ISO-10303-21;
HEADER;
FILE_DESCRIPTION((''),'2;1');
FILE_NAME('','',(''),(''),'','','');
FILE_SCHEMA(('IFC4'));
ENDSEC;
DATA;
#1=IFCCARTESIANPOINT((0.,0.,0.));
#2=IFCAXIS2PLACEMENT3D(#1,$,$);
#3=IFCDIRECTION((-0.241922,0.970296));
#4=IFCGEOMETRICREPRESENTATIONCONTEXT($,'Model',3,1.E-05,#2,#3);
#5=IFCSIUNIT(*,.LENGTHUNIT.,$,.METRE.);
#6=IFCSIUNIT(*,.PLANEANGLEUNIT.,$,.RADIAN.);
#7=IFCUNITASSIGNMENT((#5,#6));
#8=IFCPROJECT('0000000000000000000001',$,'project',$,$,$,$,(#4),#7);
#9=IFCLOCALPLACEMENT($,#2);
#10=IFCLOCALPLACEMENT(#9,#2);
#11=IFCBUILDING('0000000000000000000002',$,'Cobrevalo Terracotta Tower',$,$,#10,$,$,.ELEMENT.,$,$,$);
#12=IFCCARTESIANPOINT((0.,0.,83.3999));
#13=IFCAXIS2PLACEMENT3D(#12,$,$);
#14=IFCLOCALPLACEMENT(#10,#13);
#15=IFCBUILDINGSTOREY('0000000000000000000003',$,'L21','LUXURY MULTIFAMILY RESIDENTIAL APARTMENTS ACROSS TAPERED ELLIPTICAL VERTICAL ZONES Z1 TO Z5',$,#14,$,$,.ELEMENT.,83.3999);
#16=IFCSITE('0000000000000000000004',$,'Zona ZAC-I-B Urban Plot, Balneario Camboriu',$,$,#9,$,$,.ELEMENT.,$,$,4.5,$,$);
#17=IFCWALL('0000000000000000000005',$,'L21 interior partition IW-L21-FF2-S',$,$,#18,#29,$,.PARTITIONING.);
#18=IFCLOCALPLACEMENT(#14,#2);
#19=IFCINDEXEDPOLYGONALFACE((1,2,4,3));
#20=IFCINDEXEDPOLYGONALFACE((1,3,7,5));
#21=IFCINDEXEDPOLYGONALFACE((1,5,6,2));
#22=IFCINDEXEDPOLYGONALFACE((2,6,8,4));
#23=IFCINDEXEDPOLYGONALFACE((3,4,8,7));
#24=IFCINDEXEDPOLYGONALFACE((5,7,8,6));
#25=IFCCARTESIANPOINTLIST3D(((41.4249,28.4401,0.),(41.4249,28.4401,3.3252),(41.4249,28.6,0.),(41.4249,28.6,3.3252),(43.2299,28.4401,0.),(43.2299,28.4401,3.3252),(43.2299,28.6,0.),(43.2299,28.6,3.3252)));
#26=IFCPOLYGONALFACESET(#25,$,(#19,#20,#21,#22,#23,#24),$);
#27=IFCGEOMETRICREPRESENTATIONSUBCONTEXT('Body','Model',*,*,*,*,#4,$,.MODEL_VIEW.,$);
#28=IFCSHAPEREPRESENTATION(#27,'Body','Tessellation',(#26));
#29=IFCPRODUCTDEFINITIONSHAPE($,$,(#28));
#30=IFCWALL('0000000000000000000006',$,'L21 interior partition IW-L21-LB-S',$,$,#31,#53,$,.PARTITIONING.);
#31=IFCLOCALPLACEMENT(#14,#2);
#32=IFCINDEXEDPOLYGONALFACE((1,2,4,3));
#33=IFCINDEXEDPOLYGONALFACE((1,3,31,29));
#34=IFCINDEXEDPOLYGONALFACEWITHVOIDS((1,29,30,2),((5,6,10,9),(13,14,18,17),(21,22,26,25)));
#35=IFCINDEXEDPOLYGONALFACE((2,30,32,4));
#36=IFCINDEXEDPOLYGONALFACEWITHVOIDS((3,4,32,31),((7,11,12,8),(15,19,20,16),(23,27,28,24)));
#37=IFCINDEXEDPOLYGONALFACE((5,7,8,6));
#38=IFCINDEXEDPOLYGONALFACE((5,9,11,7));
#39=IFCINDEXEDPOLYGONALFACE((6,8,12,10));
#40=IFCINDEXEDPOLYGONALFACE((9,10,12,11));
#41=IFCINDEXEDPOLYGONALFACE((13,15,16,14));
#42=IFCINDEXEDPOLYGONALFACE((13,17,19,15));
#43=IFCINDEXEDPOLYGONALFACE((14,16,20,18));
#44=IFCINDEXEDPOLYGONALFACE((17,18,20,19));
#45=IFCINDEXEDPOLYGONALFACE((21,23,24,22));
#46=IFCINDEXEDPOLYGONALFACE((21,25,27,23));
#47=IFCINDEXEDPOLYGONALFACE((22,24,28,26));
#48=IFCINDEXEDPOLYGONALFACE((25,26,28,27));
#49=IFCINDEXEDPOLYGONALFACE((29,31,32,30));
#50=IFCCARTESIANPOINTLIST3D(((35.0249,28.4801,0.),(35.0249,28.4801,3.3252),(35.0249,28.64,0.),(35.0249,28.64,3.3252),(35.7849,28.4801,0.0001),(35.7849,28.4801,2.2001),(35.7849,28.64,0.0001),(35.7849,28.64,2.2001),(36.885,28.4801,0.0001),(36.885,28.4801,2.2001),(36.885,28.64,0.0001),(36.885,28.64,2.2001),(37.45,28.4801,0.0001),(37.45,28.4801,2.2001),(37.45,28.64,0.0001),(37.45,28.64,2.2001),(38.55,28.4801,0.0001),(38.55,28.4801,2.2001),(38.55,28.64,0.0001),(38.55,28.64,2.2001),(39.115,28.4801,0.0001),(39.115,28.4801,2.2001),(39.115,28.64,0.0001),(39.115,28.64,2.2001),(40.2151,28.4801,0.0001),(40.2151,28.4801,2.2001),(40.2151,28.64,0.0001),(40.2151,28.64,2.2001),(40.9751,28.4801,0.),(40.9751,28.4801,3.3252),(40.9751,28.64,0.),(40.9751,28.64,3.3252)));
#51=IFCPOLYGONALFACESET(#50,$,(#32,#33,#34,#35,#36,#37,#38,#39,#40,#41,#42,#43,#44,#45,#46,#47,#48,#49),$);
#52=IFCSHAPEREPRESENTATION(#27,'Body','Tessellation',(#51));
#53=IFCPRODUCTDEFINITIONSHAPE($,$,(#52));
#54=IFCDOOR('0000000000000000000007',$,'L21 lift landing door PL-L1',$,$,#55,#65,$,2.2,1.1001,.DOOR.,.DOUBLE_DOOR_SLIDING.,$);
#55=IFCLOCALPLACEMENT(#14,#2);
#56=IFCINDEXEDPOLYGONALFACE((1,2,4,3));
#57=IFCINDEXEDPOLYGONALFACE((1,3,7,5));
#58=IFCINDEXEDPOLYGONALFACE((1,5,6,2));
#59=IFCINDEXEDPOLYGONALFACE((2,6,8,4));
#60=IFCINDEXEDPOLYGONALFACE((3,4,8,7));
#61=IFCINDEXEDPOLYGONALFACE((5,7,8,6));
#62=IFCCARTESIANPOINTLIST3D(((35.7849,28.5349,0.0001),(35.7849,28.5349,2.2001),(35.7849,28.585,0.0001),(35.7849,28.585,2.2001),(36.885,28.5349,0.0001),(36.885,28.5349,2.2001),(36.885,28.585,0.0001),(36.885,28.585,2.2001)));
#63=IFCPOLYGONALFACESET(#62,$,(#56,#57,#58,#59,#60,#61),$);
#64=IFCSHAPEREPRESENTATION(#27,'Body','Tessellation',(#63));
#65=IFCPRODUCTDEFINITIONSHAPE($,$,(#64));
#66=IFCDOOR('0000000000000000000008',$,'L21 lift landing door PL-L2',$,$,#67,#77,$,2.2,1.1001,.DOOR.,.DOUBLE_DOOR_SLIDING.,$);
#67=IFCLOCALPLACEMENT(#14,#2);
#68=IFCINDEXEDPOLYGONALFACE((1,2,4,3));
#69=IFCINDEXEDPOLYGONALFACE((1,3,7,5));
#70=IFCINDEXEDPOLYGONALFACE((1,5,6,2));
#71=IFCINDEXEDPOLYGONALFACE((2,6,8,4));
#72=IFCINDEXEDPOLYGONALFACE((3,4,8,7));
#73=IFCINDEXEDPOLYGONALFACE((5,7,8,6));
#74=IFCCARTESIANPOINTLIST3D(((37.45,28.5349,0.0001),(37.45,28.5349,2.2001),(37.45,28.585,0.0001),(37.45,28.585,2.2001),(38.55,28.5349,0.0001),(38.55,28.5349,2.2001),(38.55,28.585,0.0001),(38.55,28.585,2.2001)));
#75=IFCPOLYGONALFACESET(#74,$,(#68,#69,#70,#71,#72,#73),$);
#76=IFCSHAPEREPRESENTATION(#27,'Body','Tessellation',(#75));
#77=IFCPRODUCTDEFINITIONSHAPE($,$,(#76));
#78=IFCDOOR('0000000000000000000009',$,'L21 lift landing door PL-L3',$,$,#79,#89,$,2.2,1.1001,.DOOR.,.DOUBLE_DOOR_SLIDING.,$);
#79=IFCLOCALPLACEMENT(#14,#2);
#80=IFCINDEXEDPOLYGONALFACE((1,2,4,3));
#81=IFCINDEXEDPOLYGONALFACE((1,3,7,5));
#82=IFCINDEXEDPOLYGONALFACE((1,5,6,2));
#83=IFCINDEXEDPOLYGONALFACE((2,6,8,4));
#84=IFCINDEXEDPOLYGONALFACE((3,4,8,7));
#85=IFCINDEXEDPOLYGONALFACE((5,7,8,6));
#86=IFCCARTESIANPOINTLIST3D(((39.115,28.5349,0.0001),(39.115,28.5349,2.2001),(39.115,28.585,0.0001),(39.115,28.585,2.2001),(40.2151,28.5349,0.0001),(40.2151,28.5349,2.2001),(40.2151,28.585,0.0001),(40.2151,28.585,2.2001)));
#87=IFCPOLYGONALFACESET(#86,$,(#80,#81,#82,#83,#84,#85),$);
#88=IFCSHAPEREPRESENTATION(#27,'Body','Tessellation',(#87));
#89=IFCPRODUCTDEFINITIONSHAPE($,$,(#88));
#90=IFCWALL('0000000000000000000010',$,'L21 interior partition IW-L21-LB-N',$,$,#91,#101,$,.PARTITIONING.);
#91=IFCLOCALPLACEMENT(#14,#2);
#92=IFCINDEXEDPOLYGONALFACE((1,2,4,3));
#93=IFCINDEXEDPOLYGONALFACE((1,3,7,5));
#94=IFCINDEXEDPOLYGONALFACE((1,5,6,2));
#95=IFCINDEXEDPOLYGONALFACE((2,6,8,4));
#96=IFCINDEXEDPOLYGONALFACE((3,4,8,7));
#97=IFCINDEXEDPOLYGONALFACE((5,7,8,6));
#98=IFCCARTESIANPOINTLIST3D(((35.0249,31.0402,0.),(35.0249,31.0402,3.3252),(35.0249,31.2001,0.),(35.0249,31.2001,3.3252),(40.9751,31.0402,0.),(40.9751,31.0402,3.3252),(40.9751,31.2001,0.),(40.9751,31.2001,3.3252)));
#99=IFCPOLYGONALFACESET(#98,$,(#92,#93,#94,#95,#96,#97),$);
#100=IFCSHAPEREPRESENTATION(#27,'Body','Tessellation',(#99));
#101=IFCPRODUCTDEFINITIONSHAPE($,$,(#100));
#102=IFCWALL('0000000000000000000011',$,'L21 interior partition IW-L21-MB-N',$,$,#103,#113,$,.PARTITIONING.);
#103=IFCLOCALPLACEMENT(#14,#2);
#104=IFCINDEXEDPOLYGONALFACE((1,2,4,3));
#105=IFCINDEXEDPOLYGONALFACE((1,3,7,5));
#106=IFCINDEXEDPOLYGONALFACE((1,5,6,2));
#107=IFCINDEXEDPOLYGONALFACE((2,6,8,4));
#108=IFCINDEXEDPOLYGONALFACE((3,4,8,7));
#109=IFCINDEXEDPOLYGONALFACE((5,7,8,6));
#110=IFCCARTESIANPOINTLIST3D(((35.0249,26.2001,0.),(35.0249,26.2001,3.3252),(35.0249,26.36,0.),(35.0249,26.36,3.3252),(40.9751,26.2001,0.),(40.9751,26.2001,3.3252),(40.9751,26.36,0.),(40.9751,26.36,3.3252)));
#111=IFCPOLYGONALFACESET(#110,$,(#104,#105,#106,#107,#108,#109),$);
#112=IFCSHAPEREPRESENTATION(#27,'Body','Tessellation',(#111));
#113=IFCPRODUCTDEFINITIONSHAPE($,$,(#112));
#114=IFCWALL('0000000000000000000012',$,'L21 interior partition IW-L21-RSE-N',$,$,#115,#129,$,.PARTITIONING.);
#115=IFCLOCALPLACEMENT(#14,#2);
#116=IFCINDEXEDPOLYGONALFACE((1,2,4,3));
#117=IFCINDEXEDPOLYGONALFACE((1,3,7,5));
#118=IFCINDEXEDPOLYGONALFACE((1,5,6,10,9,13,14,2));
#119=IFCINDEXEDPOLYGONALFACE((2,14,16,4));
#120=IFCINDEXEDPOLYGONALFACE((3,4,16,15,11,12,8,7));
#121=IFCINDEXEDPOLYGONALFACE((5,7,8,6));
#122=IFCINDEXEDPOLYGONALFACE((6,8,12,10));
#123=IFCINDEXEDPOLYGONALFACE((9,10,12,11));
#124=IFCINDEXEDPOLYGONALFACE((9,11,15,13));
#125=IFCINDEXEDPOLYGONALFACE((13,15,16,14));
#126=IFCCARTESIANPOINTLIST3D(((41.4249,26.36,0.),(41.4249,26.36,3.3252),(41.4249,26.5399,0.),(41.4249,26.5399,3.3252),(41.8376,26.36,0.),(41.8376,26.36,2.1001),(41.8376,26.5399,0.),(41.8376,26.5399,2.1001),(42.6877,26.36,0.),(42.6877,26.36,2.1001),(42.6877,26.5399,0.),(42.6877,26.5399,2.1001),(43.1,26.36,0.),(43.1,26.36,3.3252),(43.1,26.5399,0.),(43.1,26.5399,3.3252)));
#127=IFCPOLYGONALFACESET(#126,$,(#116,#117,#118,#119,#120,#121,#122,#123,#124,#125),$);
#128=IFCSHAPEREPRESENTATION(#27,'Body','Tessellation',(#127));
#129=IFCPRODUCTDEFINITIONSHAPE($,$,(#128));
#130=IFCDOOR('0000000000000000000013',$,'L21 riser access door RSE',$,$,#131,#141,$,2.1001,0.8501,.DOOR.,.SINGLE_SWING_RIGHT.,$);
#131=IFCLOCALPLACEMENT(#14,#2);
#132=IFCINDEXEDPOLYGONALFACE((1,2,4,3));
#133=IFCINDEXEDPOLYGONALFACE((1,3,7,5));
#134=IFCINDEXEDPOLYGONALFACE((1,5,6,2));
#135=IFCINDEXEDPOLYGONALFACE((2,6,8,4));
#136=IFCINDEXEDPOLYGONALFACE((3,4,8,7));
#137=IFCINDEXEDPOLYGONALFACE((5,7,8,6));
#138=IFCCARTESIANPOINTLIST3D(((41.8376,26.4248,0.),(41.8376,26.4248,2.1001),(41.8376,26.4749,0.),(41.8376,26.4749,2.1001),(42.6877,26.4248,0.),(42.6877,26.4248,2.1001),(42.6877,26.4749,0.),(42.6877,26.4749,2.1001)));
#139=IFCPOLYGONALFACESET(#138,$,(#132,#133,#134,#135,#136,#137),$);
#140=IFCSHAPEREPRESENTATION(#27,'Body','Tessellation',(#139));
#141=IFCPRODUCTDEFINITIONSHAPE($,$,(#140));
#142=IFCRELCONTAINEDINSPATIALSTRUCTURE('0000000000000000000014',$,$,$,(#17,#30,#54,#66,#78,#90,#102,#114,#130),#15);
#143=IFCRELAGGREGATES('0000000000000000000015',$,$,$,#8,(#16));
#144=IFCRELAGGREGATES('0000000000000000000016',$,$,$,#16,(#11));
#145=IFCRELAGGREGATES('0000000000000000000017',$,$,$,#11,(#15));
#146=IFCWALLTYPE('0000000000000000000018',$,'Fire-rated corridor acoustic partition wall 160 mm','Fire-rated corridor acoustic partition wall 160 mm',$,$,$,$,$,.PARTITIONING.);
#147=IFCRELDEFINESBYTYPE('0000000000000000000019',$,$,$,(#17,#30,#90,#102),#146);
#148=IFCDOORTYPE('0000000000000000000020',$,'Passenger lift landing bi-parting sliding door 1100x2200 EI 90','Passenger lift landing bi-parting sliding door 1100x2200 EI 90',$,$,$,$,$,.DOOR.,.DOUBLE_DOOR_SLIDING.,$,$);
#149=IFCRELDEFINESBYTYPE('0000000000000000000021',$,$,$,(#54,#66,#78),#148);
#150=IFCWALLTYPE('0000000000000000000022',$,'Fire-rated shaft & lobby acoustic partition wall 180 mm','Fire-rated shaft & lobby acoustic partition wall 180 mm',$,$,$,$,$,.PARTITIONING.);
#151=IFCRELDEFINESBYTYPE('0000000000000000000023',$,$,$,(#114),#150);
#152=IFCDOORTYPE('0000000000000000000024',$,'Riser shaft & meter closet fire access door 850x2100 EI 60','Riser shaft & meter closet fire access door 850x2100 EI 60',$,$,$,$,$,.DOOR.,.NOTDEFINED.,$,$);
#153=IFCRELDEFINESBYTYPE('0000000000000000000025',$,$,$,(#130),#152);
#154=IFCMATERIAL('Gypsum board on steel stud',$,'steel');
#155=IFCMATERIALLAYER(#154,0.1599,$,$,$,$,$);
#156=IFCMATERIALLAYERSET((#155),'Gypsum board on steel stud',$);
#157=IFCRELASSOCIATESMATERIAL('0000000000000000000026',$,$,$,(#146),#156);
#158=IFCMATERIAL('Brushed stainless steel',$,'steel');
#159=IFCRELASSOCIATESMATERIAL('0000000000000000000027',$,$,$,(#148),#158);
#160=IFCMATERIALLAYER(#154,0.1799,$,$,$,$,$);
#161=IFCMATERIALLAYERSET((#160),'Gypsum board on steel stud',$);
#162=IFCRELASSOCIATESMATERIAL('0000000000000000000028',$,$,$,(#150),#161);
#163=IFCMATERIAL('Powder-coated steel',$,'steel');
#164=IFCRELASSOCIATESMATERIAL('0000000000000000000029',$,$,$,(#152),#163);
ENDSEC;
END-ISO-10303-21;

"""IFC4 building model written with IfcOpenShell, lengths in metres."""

from ifc_helpers import new_model, si_unit, direction, frame, frame_2d, origin, place, context, subcontext, project, spatial, rectangle, extrude, source, transform, mapped, material, layer, layer_set, type_object, element, fill, save


model = new_model("IFC4")

# Units and contexts
model_context = context("Model", 3, precision=1e-05, world=origin(), true_north=direction((-0.241922, 0.970296)))
body_context = subcontext(model_context, "Body", "Model", "MODEL_VIEW")
ifc_project = project(units=[si_unit("LENGTHUNIT", "METRE"), si_unit("PLANEANGLEUNIT", "RADIAN")], contexts=[model_context])

# Site, building, storey
site_placement = place(None, origin())
site = spatial("IfcSite", under=ifc_project, at=site_placement, Name="Zona ZAC-I-B Urban Plot, Balneario Camboriu", CompositionType="ELEMENT", RefElevation=4.5)
building_placement = place(site_placement, origin())
building = spatial("IfcBuilding", under=site, at=building_placement, Name="Cobrevalo Terracotta Tower", CompositionType="ELEMENT")
storey_placement = place(building_placement, frame((0.0, 0.0, 83.3999)))
storey = spatial("IfcBuildingStorey", under=building, at=storey_placement, Name="L21", Description="LUXURY MULTIFAMILY RESIDENTIAL APARTMENTS ACROSS TAPERED ELLIPTICAL VERTICAL ZONES Z1 TO Z5", CompositionType="ELEMENT", Elevation=83.3999)

# Wall
ifc_material_1 = material(Name="Gypsum board on steel stud", Category="steel")
ifc_layer_1 = layer(ifc_material_1, 0.1599)
ifc_layer_set_1 = layer_set([ifc_layer_1], Name="Gypsum board on steel stud")
wall_type_1 = type_object("IfcWallType", Name="Fire-rated corridor acoustic partition wall 160 mm", Description="Fire-rated corridor acoustic partition wall 160 mm", PredefinedType="PARTITIONING", material=ifc_layer_set_1)
wall_1_placement = place(storey_placement, frame((41.425, 28.52, 0.0), z_axis=(0.0, 0.0, 1.0), x_axis=(1.0, 0.0, 0.0)))
element("IfcWall", 1, at=wall_1_placement, inside=storey, type_object=wall_type_1, Name="L21 interior partition IW-L21-FF2-S", PredefinedType="PARTITIONING", context=body_context, shape_type="SweptSolid", body=[
    extrude(rectangle(XDim=1.8049, YDim=0.1599, at=frame_2d((0.9023, 0.0))), origin(), (0.0, 0.0, 1.0), 3.3252),
])

# Wall, openings, doors
wall_2_placement = place(storey_placement, frame((35.0249, 28.5601, 0.0), z_axis=(0.0, 0.0, 1.0), x_axis=(1.0, 0.0, 0.0)))
wall_2 = element("IfcWall", 2, at=wall_2_placement, inside=storey, type_object=wall_type_1, Name="L21 interior partition IW-L21-LB-S", PredefinedType="PARTITIONING", context=body_context, shape_type="SweptSolid", body=[
    extrude(rectangle(XDim=5.9502, YDim=0.1599, at=frame_2d((2.9751, 0.0))), origin(), (0.0, 0.0, 1.0), 3.3252),
])
opening_1_placement = place(wall_2_placement, frame((0.76, 0.0, 0.0)))
opening_1 = element("IfcOpeningElement", 3, at=opening_1_placement, cuts=wall_2, PredefinedType="OPENING", context=body_context, shape_type="SweptSolid", body=[
    extrude(rectangle(XDim=1.1001, YDim=2.2, at=frame_2d((0.55, 1.1001))), frame((0.0, 0.0898, 0.0), z_axis=(0.0, -1.0, 0.0), x_axis=(1.0, 0.0, 0.0)), (0.0, 0.0, 1.0), 0.1799),
])
opening_2_placement = place(wall_2_placement, frame((2.425, 0.0, 0.0)))
opening_2 = element("IfcOpeningElement", 4, at=opening_2_placement, cuts=wall_2, PredefinedType="OPENING", context=body_context, shape_type="SweptSolid", body=[
    extrude(rectangle(XDim=1.1001, YDim=2.2, at=frame_2d((0.55, 1.1001))), frame((0.0, 0.0898, 0.0), z_axis=(0.0, -1.0, 0.0), x_axis=(1.0, 0.0, 0.0)), (0.0, 0.0, 1.0), 0.1799),
])
opening_3_placement = place(wall_2_placement, frame((4.0901, 0.0, 0.0)))
opening_3 = element("IfcOpeningElement", 5, at=opening_3_placement, cuts=wall_2, PredefinedType="OPENING", context=body_context, shape_type="SweptSolid", body=[
    extrude(rectangle(XDim=1.1001, YDim=2.2, at=frame_2d((0.55, 1.1001))), frame((0.0, 0.0898, 0.0), z_axis=(0.0, -1.0, 0.0), x_axis=(1.0, 0.0, 0.0)), (0.0, 0.0, 1.0), 0.1799),
])
ifc_material_2 = material(Name="Brushed stainless steel", Category="steel")
door_type_1 = type_object("IfcDoorType", Name="Passenger lift landing bi-parting sliding door 1100x2200 EI 90", Description="Passenger lift landing bi-parting sliding door 1100x2200 EI 90", OperationType="DOUBLE_DOOR_SLIDING", PredefinedType="DOOR", material=ifc_material_2)
shared_shape_1 = source(origin(), body_context, "Body", "SweptSolid", [
    extrude(rectangle(XDim=1.1001, YDim=2.2, at=frame_2d((0.55, 1.1001))), frame((0.0, 0.0249, 0.0), z_axis=(0.0, -1.0, 0.0), x_axis=(1.0, 0.0, 0.0)), (0.0, 0.0, 1.0), 0.05),
])
door_1_placement = place(opening_1_placement, origin())
door_1 = element("IfcDoor", 6, at=door_1_placement, inside=storey, type_object=door_type_1, Name="L21 lift landing door PL-L1", OperationType="DOUBLE_DOOR_SLIDING", OverallHeight=2.2, OverallWidth=1.1001, PredefinedType="DOOR", context=body_context, shape_type="MappedRepresentation", body=[
    mapped(shared_shape_1, transform((0.0, 0.0, 0.0), scale=1.0)),
])
fill(opening_1, door_1)
door_2_placement = place(opening_2_placement, origin())
door_2 = element("IfcDoor", 7, at=door_2_placement, inside=storey, type_object=door_type_1, Name="L21 lift landing door PL-L2", OperationType="DOUBLE_DOOR_SLIDING", OverallHeight=2.2, OverallWidth=1.1001, PredefinedType="DOOR", context=body_context, shape_type="MappedRepresentation", body=[
    mapped(shared_shape_1, transform((0.0, 0.0, 0.0), scale=1.0)),
])
fill(opening_2, door_2)
door_3_placement = place(opening_3_placement, origin())
door_3 = element("IfcDoor", 8, at=door_3_placement, inside=storey, type_object=door_type_1, Name="L21 lift landing door PL-L3", OperationType="DOUBLE_DOOR_SLIDING", OverallHeight=2.2, OverallWidth=1.1001, PredefinedType="DOOR", context=body_context, shape_type="MappedRepresentation", body=[
    mapped(shared_shape_1, transform((0.0, 0.0, 0.0), scale=1.0)),
])
fill(opening_3, door_3)

# Walls
for number, where, z_axis, x_axis, name in (
    (9, (35.0249, 31.1201, 0.0), (0.0, 0.0, 1.0), (1.0, 0.0, 0.0), "L21 interior partition IW-L21-LB-N"),
    (10, (35.0249, 26.28, 0.0), (0.0, 0.0, 1.0), (1.0, 0.0, 0.0), "L21 interior partition IW-L21-MB-N"),
):
    element("IfcWall", number, at=place(storey_placement, frame(where, z_axis=z_axis, x_axis=x_axis)), inside=storey, type_object=wall_type_1, Name=name, PredefinedType="PARTITIONING", context=body_context, shape_type="SweptSolid", body=[
        extrude(rectangle(XDim=5.9502, YDim=0.1599, at=frame_2d((2.9751, 0.0))), origin(), (0.0, 0.0, 1.0), 3.3252),
    ])

# Wall, opening, door
ifc_layer_2 = layer(ifc_material_1, 0.1799)
ifc_layer_set_2 = layer_set([ifc_layer_2], Name="Gypsum board on steel stud")
wall_type_2 = type_object("IfcWallType", Name="Fire-rated shaft & lobby acoustic partition wall 180 mm", Description="Fire-rated shaft & lobby acoustic partition wall 180 mm", PredefinedType="PARTITIONING", material=ifc_layer_set_2)
wall_3_placement = place(storey_placement, frame((41.425, 26.45, 0.0), z_axis=(0.0, 0.0, 1.0), x_axis=(1.0, 0.0, 0.0)))
wall_3 = element("IfcWall", 11, at=wall_3_placement, inside=storey, type_object=wall_type_2, Name="L21 interior partition IW-L21-RSE-N", PredefinedType="PARTITIONING", context=body_context, shape_type="SweptSolid", body=[
    extrude(rectangle(XDim=1.675, YDim=0.1799, at=frame_2d((0.8374, 0.0))), origin(), (0.0, 0.0, 1.0), 3.3252),
])
opening_4_placement = place(wall_3_placement, frame((0.4126, 0.0, 0.0)))
opening_4 = element("IfcOpeningElement", 12, at=opening_4_placement, cuts=wall_3, PredefinedType="OPENING", context=body_context, shape_type="SweptSolid", body=[
    extrude(rectangle(XDim=0.8501, YDim=2.1001, at=frame_2d((0.425, 1.05))), frame((0.0, 0.1001, 0.0), z_axis=(0.0, -1.0, 0.0), x_axis=(1.0, 0.0, 0.0)), (0.0, 0.0, 1.0), 0.2),
])
ifc_material_3 = material(Name="Powder-coated steel", Category="steel")
door_type_2 = type_object("IfcDoorType", Name="Riser shaft & meter closet fire access door 850x2100 EI 60", Description="Riser shaft & meter closet fire access door 850x2100 EI 60", OperationType="NOTDEFINED", PredefinedType="DOOR", material=ifc_material_3)
shared_shape_2 = source(origin(), body_context, "Body", "SweptSolid", [
    extrude(rectangle(XDim=0.8501, YDim=2.1001, at=frame_2d((0.425, 1.05))), frame((0.0, 0.0249, 0.0), z_axis=(0.0, -1.0, 0.0), x_axis=(1.0, 0.0, 0.0)), (0.0, 0.0, 1.0), 0.05),
])
door_4_placement = place(opening_4_placement, origin())
door_4 = element("IfcDoor", 13, at=door_4_placement, inside=storey, type_object=door_type_2, Name="L21 riser access door RSE", OperationType="SINGLE_SWING_RIGHT", OverallHeight=2.1001, OverallWidth=0.8501, PredefinedType="DOOR", context=body_context, shape_type="MappedRepresentation", body=[
    mapped(shared_shape_2, transform((0.0, 0.0, 0.0), scale=1.0)),
])
fill(opening_4, door_4)

save(model, "model.ifc")
